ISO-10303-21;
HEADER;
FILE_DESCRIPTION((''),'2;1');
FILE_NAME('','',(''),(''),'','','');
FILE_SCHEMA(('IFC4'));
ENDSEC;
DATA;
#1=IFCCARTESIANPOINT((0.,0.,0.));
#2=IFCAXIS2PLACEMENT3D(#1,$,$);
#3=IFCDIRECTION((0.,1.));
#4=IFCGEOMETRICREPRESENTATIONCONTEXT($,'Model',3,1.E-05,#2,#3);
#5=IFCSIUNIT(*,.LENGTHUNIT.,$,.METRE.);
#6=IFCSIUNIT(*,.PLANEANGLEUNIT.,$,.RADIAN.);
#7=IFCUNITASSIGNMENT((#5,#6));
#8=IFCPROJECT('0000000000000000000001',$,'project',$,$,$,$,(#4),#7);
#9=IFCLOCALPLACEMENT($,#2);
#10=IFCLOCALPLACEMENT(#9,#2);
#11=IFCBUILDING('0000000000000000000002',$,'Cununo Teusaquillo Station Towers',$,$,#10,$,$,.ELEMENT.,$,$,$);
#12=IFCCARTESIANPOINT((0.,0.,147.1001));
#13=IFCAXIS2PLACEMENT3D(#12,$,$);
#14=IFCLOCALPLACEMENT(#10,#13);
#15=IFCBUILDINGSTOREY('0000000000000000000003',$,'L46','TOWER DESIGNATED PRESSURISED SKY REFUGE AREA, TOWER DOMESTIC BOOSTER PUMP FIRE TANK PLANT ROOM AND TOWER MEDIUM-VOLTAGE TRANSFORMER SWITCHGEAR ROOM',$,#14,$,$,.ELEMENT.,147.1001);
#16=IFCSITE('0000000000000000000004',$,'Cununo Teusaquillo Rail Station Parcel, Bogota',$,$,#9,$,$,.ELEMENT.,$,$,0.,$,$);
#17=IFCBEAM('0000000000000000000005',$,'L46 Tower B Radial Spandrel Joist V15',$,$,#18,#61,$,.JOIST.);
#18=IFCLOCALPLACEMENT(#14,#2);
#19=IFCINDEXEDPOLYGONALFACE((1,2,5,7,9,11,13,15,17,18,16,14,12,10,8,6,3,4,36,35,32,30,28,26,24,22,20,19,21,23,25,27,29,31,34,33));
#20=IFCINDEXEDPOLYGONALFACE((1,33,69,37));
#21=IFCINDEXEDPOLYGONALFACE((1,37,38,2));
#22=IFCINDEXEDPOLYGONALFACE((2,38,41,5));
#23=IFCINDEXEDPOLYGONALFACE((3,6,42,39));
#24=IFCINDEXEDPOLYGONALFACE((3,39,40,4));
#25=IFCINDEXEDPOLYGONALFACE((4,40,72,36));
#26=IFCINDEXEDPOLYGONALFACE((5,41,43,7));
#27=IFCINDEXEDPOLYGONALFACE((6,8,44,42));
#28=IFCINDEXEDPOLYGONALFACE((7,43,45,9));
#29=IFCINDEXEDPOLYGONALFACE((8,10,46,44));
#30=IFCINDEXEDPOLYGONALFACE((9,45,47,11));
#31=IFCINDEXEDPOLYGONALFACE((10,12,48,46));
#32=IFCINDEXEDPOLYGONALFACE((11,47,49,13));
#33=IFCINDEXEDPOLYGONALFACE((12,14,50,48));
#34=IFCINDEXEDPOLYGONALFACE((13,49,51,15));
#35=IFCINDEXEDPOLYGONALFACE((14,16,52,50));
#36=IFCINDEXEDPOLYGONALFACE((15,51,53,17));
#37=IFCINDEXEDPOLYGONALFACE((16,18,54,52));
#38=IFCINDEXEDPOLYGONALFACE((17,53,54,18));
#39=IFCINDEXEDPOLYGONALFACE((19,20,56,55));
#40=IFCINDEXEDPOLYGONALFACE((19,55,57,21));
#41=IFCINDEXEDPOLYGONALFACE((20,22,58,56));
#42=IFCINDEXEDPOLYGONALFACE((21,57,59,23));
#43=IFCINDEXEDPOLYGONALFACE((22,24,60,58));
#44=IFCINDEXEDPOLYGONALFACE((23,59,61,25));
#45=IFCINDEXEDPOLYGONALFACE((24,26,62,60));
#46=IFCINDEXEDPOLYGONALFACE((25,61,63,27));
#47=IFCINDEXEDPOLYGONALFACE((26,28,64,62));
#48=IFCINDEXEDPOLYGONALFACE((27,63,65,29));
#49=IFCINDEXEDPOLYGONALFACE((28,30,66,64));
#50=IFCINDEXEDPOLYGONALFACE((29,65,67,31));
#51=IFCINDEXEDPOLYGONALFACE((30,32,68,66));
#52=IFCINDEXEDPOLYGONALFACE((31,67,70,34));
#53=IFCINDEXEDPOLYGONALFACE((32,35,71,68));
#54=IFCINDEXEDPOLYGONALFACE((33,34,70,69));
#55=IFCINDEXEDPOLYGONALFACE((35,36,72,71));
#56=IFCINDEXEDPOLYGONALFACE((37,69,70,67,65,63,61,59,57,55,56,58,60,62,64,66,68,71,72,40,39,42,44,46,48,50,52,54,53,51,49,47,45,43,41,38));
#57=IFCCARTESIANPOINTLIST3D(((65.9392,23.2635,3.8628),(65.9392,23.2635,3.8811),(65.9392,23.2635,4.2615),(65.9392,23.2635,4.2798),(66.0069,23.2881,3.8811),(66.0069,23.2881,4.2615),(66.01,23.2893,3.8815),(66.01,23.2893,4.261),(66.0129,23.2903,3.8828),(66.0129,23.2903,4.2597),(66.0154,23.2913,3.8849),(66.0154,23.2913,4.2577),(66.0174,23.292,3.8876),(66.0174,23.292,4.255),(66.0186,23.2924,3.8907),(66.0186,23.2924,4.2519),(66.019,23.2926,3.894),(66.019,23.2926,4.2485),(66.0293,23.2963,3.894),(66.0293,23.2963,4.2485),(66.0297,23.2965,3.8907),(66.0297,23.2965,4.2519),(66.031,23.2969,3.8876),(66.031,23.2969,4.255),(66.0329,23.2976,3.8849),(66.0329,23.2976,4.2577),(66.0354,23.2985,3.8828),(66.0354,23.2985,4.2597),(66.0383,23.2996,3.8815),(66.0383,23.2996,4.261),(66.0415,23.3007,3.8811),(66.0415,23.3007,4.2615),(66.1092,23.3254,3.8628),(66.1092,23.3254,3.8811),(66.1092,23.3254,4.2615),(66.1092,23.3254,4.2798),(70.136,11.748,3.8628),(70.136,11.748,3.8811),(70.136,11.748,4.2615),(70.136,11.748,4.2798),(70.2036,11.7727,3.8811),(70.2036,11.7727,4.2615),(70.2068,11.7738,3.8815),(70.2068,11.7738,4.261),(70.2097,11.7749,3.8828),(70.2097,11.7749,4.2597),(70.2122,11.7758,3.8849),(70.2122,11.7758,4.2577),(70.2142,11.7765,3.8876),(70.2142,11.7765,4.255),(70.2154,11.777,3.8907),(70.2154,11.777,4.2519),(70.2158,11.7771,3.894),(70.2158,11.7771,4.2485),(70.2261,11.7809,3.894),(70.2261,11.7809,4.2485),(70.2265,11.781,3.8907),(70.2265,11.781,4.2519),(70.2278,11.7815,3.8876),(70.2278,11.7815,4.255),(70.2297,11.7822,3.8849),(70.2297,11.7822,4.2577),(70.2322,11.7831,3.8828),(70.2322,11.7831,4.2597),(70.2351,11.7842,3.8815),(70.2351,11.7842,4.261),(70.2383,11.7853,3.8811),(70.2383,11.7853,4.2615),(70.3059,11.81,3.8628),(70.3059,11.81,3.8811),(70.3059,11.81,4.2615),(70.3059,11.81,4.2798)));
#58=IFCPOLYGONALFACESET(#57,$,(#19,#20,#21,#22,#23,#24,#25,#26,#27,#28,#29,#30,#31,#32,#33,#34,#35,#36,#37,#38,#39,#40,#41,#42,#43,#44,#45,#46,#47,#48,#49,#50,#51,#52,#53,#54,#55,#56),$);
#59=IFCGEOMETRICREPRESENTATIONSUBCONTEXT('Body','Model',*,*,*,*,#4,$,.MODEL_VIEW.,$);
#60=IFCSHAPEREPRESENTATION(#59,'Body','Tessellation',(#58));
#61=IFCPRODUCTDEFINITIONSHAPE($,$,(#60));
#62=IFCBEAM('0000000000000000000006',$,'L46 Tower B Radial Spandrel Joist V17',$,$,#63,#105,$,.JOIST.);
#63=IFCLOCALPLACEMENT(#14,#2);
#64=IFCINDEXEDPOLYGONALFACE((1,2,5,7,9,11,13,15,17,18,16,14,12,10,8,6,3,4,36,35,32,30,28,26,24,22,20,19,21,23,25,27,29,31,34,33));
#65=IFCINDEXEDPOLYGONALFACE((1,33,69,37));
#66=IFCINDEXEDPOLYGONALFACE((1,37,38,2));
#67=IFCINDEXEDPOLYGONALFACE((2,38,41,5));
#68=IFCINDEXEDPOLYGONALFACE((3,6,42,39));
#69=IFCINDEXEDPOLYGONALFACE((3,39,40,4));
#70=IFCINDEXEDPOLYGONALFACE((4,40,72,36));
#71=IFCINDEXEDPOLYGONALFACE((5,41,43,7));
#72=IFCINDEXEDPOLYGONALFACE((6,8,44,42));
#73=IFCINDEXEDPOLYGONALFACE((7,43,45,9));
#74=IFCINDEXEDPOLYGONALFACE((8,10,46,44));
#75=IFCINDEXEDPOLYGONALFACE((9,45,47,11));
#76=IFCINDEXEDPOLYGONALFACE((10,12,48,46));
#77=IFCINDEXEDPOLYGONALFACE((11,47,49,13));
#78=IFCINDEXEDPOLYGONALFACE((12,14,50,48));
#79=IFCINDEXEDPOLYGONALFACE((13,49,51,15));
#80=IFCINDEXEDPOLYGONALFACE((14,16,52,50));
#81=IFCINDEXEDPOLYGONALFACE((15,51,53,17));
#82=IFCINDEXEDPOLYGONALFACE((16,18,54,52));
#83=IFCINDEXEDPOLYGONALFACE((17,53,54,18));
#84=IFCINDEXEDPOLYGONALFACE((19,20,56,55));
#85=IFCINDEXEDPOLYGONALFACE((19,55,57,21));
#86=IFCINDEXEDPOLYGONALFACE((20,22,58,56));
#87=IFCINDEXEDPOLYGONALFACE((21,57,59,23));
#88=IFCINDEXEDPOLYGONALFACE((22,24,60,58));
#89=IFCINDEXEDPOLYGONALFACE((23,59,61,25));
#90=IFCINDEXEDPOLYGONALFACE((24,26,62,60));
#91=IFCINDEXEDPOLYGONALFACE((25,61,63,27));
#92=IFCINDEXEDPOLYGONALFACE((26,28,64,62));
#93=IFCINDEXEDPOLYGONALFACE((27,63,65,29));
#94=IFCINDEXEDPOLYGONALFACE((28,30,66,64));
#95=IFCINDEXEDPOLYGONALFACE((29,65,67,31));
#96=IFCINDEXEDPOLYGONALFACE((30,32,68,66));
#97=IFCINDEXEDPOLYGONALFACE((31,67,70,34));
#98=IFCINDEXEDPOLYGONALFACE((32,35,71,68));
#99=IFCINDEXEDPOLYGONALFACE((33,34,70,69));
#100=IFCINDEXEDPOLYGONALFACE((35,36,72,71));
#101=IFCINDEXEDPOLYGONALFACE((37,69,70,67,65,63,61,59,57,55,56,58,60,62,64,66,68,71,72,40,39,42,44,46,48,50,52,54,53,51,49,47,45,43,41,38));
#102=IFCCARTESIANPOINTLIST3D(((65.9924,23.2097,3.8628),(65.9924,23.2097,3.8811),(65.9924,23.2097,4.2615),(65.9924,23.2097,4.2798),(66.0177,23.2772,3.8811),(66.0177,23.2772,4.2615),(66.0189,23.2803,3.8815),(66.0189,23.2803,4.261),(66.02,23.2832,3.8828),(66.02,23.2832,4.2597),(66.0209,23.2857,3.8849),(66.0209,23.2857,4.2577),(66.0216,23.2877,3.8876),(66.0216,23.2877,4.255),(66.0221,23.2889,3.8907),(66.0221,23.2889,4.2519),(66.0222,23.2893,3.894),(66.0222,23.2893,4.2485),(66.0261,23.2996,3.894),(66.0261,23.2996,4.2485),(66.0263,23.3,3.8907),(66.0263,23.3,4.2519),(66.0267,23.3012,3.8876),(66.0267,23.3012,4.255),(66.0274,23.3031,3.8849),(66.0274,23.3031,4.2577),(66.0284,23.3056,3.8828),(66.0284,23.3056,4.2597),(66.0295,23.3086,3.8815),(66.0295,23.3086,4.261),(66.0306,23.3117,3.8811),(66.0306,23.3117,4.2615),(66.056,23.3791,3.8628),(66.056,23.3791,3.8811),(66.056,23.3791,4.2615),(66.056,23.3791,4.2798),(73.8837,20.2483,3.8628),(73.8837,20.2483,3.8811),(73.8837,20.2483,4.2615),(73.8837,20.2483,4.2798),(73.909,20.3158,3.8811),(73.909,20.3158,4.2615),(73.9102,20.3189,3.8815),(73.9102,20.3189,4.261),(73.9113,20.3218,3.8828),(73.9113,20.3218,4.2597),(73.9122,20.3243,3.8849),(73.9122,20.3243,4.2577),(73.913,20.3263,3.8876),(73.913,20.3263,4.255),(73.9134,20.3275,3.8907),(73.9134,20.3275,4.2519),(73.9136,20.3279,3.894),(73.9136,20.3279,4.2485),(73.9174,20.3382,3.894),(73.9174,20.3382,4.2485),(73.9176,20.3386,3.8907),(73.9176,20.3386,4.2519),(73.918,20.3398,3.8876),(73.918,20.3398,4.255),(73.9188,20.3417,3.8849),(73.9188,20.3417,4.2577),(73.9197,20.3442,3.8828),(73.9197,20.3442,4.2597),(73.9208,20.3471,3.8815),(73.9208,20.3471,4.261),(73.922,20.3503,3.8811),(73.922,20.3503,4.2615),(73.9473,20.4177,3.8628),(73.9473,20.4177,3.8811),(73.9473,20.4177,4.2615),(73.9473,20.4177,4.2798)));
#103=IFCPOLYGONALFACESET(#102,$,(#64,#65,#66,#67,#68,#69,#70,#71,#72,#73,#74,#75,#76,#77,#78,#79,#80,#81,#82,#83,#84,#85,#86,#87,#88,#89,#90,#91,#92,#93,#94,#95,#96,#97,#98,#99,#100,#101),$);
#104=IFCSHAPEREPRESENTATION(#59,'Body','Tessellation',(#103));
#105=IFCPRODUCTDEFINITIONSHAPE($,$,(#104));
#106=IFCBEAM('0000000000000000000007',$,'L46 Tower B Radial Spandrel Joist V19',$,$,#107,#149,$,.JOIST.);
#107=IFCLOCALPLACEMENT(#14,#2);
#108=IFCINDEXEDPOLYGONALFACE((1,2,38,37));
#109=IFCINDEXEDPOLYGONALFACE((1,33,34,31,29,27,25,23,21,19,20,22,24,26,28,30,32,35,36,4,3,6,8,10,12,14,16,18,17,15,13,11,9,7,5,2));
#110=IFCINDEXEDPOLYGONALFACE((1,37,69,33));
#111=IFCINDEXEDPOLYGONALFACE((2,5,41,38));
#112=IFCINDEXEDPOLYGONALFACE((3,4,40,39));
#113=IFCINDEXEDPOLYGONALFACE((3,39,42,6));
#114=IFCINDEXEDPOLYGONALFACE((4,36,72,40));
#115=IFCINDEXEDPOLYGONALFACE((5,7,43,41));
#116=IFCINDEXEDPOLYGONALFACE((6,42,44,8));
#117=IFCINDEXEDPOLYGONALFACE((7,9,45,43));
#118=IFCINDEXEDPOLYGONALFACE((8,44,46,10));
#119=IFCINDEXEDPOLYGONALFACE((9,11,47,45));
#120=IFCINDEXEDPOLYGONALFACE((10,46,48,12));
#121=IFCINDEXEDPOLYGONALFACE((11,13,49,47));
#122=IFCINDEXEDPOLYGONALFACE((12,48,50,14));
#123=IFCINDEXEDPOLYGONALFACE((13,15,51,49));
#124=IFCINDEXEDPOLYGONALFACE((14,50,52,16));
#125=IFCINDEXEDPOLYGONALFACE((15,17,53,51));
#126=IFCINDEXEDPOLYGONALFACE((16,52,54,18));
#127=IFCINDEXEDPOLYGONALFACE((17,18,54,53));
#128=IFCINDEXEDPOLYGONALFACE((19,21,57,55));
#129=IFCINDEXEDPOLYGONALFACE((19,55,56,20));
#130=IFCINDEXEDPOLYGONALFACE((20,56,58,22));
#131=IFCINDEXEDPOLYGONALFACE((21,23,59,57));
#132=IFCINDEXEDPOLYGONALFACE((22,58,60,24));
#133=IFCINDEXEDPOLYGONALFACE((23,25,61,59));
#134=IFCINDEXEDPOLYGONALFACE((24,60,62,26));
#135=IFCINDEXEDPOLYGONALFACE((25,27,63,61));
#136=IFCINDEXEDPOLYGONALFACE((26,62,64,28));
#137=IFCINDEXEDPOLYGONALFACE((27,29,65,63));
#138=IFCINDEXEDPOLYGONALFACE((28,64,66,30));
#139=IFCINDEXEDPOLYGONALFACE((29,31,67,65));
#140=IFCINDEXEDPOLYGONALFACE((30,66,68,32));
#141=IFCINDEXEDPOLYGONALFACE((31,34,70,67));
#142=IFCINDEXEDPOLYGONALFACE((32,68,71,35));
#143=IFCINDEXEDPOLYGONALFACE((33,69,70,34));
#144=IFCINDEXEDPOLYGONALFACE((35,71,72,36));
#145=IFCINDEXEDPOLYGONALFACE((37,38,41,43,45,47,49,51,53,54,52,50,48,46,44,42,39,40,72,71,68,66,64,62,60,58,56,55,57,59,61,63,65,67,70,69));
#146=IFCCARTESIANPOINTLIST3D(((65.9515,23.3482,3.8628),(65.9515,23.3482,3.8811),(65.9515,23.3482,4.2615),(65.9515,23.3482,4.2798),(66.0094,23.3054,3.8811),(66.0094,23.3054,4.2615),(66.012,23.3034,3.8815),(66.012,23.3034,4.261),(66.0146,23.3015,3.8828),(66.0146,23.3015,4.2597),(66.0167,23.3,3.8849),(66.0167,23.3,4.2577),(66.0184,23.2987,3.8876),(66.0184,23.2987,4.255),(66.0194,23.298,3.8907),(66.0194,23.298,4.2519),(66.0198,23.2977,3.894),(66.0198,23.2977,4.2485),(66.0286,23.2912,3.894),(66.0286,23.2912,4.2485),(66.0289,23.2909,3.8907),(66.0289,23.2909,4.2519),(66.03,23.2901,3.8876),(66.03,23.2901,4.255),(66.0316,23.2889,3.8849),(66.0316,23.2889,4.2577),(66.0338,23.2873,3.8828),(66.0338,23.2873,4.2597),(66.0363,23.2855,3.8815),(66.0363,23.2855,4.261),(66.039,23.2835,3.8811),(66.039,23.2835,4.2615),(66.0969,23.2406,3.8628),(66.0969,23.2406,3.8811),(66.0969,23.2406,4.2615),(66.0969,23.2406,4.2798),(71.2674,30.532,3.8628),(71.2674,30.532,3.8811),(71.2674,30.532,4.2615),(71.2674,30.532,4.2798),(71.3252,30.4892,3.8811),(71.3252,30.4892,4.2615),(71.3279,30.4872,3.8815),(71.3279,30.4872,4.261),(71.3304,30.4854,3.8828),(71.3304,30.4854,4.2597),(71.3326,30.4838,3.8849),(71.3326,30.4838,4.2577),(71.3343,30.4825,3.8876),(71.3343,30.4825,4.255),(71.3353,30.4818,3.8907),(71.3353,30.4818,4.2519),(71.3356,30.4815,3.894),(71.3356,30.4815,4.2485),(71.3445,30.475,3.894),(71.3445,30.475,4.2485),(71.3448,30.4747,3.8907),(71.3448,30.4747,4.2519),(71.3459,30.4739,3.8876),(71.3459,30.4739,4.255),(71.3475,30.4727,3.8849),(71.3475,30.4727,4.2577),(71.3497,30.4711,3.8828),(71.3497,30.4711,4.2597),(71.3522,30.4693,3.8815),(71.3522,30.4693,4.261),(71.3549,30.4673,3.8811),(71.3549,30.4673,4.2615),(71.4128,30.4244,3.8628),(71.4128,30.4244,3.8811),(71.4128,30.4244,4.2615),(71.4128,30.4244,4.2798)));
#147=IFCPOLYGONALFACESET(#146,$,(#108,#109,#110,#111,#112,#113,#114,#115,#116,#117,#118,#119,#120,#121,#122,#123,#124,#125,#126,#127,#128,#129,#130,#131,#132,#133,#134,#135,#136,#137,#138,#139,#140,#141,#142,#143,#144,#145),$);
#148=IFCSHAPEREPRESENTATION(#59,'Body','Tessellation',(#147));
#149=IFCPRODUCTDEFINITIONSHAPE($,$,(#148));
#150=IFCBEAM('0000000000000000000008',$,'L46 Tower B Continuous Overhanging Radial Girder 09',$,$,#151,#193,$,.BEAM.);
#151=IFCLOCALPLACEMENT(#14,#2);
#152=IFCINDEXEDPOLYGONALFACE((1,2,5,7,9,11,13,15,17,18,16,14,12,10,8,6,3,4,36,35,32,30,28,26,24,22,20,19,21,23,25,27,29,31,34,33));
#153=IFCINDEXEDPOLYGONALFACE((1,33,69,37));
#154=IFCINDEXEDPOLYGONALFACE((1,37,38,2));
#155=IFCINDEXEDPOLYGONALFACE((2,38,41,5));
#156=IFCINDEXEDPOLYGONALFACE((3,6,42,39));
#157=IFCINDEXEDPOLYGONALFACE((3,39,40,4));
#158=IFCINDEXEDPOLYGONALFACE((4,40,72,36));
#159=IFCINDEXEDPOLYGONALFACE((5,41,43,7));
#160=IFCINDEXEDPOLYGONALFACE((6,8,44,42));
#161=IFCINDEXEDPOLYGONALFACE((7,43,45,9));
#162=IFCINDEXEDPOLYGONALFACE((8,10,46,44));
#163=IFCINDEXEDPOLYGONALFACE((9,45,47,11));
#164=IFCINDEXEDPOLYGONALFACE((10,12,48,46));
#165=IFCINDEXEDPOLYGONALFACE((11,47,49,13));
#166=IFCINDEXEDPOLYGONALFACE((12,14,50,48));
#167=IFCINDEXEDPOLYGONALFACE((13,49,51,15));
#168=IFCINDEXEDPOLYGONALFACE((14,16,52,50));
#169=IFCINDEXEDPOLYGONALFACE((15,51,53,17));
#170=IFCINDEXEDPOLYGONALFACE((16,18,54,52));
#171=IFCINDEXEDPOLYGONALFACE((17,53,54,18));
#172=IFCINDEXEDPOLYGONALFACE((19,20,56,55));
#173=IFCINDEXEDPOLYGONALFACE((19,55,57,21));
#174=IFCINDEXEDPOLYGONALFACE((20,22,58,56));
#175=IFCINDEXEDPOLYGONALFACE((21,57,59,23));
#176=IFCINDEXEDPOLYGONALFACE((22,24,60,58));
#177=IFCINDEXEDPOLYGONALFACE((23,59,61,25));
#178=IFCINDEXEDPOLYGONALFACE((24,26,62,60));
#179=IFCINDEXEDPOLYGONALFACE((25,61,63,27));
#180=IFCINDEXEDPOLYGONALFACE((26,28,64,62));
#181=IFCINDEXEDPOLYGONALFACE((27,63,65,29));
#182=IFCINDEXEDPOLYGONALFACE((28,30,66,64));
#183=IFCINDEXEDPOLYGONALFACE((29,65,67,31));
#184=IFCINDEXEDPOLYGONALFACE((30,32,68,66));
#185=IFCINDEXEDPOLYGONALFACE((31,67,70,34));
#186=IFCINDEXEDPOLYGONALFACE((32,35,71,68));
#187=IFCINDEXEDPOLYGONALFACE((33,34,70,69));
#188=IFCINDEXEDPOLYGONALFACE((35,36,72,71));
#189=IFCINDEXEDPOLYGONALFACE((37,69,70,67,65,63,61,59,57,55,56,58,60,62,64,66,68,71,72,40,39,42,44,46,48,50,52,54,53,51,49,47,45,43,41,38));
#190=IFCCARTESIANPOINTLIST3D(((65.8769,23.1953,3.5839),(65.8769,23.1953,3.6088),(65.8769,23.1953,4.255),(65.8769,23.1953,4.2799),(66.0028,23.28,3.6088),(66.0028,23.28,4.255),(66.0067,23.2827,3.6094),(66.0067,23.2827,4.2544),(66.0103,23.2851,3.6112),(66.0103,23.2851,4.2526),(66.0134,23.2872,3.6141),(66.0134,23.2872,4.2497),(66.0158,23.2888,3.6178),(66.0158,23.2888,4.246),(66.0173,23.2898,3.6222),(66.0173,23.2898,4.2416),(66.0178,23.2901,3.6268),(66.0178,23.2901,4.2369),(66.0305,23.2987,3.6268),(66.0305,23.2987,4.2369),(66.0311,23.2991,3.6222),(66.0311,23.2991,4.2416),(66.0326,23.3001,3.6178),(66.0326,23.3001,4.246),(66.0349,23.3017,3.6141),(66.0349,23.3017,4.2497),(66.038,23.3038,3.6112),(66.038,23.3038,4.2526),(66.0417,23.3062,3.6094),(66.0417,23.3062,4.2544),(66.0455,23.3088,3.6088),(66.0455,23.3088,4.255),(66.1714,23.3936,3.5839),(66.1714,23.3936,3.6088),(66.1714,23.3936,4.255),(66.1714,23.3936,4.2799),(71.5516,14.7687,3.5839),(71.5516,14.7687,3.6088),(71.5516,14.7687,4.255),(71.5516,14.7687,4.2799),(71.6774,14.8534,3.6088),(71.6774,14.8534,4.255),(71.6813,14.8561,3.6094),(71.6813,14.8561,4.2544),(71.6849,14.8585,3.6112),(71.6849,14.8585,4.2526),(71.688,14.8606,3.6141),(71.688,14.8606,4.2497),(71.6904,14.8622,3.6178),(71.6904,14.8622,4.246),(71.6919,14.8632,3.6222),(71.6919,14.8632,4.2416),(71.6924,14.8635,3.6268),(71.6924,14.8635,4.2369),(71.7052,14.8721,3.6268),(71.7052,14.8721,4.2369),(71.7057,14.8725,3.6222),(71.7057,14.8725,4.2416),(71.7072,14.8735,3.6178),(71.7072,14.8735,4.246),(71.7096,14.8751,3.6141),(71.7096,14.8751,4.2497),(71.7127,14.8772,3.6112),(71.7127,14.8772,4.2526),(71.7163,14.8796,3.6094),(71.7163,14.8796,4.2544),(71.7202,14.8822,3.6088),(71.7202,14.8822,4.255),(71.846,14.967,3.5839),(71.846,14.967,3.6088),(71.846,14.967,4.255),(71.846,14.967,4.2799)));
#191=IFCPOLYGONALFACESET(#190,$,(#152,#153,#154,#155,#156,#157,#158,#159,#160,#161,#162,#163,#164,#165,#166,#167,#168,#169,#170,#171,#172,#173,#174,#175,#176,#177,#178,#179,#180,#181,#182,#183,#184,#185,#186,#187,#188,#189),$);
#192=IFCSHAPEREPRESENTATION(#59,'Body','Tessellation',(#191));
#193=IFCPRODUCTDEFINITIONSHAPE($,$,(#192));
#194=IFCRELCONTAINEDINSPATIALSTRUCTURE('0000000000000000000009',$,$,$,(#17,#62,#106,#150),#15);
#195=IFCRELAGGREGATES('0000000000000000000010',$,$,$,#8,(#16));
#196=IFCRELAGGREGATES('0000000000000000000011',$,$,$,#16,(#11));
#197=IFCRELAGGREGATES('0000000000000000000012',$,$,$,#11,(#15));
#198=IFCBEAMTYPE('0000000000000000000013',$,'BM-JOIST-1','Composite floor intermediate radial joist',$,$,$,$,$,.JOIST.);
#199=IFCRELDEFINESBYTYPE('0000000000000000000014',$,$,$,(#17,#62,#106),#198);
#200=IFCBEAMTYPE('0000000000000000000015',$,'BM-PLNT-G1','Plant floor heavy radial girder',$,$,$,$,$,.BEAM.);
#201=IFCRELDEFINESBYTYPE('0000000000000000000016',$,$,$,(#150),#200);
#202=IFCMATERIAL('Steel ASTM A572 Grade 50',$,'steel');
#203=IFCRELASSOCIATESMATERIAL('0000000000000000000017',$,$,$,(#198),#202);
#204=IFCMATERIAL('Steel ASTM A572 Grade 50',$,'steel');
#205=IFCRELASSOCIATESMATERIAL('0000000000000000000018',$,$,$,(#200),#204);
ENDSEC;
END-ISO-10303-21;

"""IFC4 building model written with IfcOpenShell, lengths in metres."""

from ifc_helpers import new_model, si_unit, direction, frame, origin, origin_2d, place, context, subcontext, project, spatial, i_section, extrude, material, material_profile, profile_set, type_object, element, save


model = new_model("IFC4")

# Units and contexts
model_context = context("Model", 3, precision=1e-05, world=origin(), true_north=direction((0.0, 1.0)))
body_context = subcontext(model_context, "Body", "Model", "MODEL_VIEW")
ifc_project = project(units=[si_unit("LENGTHUNIT", "METRE"), si_unit("PLANEANGLEUNIT", "RADIAN")], contexts=[model_context])

# Site, building, storey
site_placement = place(None, origin())
site = spatial("IfcSite", under=ifc_project, at=site_placement, Name="Cununo Teusaquillo Rail Station Parcel, Bogota", CompositionType="ELEMENT", RefElevation=0.0)
building_placement = place(site_placement, origin())
building = spatial("IfcBuilding", under=site, at=building_placement, Name="Cununo Teusaquillo Station Towers", CompositionType="ELEMENT")
storey_placement = place(building_placement, frame((0.0, 0.0, 147.1001)))
storey = spatial("IfcBuildingStorey", under=building, at=storey_placement, Name="L46", Description="TOWER DESIGNATED PRESSURISED SKY REFUGE AREA, TOWER DOMESTIC BOOSTER PUMP FIRE TANK PLANT ROOM AND TOWER MEDIUM-VOLTAGE TRANSFORMER SWITCHGEAR ROOM", CompositionType="ELEMENT", Elevation=147.1001)

# Beams
ifc_material_1 = material(Name="Steel ASTM A572 Grade 50", Category="steel")
ifc_material_profile_1 = material_profile(ifc_material_1, i_section(OverallWidth=0.1809, OverallDepth=0.417, WebThickness=0.011, FlangeThickness=0.0183, FilletRadius=0.0129, at=origin_2d()), Name="W16X57")
ifc_profile_set_1 = profile_set([ifc_material_profile_1], Name="Steel ASTM A572 Grade 50")
beam_type_1 = type_object("IfcBeamType", Name="BM-JOIST-1", Description="Composite floor intermediate radial joist", PredefinedType="JOIST", material=ifc_profile_set_1)
beam_1_placement = place(storey_placement, frame((66.0242, 23.2944, 4.0713), z_axis=(0.342418, -0.939548, 0.0), x_axis=(0.939548, 0.342418, 0.0)))
element("IfcBeam", 1, at=beam_1_placement, inside=storey, type_object=beam_type_1, Name="L46 Tower B Radial Spandrel Joist V15", PredefinedType="JOIST", context=body_context, shape_type="SweptSolid", body=[
    extrude(i_section(OverallWidth=0.1809, OverallDepth=0.417, WebThickness=0.011, FlangeThickness=0.0183, FilletRadius=0.0129, at=origin_2d()), origin(), (0.0, 0.0, 1.0), 12.2563),
])
beam_2_placement = place(storey_placement, frame((66.0242, 23.2944, 4.0713), z_axis=(0.936245, -0.351349, 0.0), x_axis=(0.351349, 0.936245, 0.0)))
element("IfcBeam", 2, at=beam_2_placement, inside=storey, type_object=beam_type_1, Name="L46 Tower B Radial Spandrel Joist V17", PredefinedType="JOIST", context=body_context, shape_type="SweptSolid", body=[
    extrude(i_section(OverallWidth=0.1809, OverallDepth=0.417, WebThickness=0.011, FlangeThickness=0.0183, FilletRadius=0.0129, at=origin_2d()), origin(), (0.0, 0.0, 1.0), 8.4287),
])
beam_3_placement = place(storey_placement, frame((66.0242, 23.2944, 4.0713), z_axis=(0.594834, 0.803848, 0.0), x_axis=(-0.803848, 0.594834, 0.0)))
element("IfcBeam", 3, at=beam_3_placement, inside=storey, type_object=beam_type_1, Name="L46 Tower B Radial Spandrel Joist V19", PredefinedType="JOIST", context=body_context, shape_type="SweptSolid", body=[
    extrude(i_section(OverallWidth=0.1809, OverallDepth=0.417, WebThickness=0.011, FlangeThickness=0.0183, FilletRadius=0.0129, at=origin_2d()), origin(), (0.0, 0.0, 1.0), 8.9368),
])
ifc_material_2 = material(Name="Steel ASTM A572 Grade 50", Category="steel")
ifc_material_profile_2 = material_profile(ifc_material_2, i_section(OverallWidth=0.355, OverallDepth=0.696, WebThickness=0.0154, FlangeThickness=0.0249, FilletRadius=0.0181, at=origin_2d()), Name="W27X146")
ifc_profile_set_2 = profile_set([ifc_material_profile_2], Name="Steel ASTM A572 Grade 50")
beam_type_2 = type_object("IfcBeamType", Name="BM-PLNT-G1", Description="Plant floor heavy radial girder", PredefinedType="BEAM", material=ifc_profile_set_2)
beam_4_placement = place(storey_placement, frame((66.0242, 23.2944, 3.9319), z_axis=(0.558571, -0.829457, 0.0), x_axis=(0.829457, 0.558571, 0.0)))
element("IfcBeam", 4, at=beam_4_placement, inside=storey, type_object=beam_type_2, Name="L46 Tower B Continuous Overhanging Radial Girder 09", PredefinedType="BEAM", context=body_context, shape_type="SweptSolid", body=[
    extrude(i_section(OverallWidth=0.355, OverallDepth=0.696, WebThickness=0.0154, FlangeThickness=0.0249, FilletRadius=0.0181, at=origin_2d()), origin(), (0.0, 0.0, 1.0), 10.1592),
])

save(model, "model.ifc")
